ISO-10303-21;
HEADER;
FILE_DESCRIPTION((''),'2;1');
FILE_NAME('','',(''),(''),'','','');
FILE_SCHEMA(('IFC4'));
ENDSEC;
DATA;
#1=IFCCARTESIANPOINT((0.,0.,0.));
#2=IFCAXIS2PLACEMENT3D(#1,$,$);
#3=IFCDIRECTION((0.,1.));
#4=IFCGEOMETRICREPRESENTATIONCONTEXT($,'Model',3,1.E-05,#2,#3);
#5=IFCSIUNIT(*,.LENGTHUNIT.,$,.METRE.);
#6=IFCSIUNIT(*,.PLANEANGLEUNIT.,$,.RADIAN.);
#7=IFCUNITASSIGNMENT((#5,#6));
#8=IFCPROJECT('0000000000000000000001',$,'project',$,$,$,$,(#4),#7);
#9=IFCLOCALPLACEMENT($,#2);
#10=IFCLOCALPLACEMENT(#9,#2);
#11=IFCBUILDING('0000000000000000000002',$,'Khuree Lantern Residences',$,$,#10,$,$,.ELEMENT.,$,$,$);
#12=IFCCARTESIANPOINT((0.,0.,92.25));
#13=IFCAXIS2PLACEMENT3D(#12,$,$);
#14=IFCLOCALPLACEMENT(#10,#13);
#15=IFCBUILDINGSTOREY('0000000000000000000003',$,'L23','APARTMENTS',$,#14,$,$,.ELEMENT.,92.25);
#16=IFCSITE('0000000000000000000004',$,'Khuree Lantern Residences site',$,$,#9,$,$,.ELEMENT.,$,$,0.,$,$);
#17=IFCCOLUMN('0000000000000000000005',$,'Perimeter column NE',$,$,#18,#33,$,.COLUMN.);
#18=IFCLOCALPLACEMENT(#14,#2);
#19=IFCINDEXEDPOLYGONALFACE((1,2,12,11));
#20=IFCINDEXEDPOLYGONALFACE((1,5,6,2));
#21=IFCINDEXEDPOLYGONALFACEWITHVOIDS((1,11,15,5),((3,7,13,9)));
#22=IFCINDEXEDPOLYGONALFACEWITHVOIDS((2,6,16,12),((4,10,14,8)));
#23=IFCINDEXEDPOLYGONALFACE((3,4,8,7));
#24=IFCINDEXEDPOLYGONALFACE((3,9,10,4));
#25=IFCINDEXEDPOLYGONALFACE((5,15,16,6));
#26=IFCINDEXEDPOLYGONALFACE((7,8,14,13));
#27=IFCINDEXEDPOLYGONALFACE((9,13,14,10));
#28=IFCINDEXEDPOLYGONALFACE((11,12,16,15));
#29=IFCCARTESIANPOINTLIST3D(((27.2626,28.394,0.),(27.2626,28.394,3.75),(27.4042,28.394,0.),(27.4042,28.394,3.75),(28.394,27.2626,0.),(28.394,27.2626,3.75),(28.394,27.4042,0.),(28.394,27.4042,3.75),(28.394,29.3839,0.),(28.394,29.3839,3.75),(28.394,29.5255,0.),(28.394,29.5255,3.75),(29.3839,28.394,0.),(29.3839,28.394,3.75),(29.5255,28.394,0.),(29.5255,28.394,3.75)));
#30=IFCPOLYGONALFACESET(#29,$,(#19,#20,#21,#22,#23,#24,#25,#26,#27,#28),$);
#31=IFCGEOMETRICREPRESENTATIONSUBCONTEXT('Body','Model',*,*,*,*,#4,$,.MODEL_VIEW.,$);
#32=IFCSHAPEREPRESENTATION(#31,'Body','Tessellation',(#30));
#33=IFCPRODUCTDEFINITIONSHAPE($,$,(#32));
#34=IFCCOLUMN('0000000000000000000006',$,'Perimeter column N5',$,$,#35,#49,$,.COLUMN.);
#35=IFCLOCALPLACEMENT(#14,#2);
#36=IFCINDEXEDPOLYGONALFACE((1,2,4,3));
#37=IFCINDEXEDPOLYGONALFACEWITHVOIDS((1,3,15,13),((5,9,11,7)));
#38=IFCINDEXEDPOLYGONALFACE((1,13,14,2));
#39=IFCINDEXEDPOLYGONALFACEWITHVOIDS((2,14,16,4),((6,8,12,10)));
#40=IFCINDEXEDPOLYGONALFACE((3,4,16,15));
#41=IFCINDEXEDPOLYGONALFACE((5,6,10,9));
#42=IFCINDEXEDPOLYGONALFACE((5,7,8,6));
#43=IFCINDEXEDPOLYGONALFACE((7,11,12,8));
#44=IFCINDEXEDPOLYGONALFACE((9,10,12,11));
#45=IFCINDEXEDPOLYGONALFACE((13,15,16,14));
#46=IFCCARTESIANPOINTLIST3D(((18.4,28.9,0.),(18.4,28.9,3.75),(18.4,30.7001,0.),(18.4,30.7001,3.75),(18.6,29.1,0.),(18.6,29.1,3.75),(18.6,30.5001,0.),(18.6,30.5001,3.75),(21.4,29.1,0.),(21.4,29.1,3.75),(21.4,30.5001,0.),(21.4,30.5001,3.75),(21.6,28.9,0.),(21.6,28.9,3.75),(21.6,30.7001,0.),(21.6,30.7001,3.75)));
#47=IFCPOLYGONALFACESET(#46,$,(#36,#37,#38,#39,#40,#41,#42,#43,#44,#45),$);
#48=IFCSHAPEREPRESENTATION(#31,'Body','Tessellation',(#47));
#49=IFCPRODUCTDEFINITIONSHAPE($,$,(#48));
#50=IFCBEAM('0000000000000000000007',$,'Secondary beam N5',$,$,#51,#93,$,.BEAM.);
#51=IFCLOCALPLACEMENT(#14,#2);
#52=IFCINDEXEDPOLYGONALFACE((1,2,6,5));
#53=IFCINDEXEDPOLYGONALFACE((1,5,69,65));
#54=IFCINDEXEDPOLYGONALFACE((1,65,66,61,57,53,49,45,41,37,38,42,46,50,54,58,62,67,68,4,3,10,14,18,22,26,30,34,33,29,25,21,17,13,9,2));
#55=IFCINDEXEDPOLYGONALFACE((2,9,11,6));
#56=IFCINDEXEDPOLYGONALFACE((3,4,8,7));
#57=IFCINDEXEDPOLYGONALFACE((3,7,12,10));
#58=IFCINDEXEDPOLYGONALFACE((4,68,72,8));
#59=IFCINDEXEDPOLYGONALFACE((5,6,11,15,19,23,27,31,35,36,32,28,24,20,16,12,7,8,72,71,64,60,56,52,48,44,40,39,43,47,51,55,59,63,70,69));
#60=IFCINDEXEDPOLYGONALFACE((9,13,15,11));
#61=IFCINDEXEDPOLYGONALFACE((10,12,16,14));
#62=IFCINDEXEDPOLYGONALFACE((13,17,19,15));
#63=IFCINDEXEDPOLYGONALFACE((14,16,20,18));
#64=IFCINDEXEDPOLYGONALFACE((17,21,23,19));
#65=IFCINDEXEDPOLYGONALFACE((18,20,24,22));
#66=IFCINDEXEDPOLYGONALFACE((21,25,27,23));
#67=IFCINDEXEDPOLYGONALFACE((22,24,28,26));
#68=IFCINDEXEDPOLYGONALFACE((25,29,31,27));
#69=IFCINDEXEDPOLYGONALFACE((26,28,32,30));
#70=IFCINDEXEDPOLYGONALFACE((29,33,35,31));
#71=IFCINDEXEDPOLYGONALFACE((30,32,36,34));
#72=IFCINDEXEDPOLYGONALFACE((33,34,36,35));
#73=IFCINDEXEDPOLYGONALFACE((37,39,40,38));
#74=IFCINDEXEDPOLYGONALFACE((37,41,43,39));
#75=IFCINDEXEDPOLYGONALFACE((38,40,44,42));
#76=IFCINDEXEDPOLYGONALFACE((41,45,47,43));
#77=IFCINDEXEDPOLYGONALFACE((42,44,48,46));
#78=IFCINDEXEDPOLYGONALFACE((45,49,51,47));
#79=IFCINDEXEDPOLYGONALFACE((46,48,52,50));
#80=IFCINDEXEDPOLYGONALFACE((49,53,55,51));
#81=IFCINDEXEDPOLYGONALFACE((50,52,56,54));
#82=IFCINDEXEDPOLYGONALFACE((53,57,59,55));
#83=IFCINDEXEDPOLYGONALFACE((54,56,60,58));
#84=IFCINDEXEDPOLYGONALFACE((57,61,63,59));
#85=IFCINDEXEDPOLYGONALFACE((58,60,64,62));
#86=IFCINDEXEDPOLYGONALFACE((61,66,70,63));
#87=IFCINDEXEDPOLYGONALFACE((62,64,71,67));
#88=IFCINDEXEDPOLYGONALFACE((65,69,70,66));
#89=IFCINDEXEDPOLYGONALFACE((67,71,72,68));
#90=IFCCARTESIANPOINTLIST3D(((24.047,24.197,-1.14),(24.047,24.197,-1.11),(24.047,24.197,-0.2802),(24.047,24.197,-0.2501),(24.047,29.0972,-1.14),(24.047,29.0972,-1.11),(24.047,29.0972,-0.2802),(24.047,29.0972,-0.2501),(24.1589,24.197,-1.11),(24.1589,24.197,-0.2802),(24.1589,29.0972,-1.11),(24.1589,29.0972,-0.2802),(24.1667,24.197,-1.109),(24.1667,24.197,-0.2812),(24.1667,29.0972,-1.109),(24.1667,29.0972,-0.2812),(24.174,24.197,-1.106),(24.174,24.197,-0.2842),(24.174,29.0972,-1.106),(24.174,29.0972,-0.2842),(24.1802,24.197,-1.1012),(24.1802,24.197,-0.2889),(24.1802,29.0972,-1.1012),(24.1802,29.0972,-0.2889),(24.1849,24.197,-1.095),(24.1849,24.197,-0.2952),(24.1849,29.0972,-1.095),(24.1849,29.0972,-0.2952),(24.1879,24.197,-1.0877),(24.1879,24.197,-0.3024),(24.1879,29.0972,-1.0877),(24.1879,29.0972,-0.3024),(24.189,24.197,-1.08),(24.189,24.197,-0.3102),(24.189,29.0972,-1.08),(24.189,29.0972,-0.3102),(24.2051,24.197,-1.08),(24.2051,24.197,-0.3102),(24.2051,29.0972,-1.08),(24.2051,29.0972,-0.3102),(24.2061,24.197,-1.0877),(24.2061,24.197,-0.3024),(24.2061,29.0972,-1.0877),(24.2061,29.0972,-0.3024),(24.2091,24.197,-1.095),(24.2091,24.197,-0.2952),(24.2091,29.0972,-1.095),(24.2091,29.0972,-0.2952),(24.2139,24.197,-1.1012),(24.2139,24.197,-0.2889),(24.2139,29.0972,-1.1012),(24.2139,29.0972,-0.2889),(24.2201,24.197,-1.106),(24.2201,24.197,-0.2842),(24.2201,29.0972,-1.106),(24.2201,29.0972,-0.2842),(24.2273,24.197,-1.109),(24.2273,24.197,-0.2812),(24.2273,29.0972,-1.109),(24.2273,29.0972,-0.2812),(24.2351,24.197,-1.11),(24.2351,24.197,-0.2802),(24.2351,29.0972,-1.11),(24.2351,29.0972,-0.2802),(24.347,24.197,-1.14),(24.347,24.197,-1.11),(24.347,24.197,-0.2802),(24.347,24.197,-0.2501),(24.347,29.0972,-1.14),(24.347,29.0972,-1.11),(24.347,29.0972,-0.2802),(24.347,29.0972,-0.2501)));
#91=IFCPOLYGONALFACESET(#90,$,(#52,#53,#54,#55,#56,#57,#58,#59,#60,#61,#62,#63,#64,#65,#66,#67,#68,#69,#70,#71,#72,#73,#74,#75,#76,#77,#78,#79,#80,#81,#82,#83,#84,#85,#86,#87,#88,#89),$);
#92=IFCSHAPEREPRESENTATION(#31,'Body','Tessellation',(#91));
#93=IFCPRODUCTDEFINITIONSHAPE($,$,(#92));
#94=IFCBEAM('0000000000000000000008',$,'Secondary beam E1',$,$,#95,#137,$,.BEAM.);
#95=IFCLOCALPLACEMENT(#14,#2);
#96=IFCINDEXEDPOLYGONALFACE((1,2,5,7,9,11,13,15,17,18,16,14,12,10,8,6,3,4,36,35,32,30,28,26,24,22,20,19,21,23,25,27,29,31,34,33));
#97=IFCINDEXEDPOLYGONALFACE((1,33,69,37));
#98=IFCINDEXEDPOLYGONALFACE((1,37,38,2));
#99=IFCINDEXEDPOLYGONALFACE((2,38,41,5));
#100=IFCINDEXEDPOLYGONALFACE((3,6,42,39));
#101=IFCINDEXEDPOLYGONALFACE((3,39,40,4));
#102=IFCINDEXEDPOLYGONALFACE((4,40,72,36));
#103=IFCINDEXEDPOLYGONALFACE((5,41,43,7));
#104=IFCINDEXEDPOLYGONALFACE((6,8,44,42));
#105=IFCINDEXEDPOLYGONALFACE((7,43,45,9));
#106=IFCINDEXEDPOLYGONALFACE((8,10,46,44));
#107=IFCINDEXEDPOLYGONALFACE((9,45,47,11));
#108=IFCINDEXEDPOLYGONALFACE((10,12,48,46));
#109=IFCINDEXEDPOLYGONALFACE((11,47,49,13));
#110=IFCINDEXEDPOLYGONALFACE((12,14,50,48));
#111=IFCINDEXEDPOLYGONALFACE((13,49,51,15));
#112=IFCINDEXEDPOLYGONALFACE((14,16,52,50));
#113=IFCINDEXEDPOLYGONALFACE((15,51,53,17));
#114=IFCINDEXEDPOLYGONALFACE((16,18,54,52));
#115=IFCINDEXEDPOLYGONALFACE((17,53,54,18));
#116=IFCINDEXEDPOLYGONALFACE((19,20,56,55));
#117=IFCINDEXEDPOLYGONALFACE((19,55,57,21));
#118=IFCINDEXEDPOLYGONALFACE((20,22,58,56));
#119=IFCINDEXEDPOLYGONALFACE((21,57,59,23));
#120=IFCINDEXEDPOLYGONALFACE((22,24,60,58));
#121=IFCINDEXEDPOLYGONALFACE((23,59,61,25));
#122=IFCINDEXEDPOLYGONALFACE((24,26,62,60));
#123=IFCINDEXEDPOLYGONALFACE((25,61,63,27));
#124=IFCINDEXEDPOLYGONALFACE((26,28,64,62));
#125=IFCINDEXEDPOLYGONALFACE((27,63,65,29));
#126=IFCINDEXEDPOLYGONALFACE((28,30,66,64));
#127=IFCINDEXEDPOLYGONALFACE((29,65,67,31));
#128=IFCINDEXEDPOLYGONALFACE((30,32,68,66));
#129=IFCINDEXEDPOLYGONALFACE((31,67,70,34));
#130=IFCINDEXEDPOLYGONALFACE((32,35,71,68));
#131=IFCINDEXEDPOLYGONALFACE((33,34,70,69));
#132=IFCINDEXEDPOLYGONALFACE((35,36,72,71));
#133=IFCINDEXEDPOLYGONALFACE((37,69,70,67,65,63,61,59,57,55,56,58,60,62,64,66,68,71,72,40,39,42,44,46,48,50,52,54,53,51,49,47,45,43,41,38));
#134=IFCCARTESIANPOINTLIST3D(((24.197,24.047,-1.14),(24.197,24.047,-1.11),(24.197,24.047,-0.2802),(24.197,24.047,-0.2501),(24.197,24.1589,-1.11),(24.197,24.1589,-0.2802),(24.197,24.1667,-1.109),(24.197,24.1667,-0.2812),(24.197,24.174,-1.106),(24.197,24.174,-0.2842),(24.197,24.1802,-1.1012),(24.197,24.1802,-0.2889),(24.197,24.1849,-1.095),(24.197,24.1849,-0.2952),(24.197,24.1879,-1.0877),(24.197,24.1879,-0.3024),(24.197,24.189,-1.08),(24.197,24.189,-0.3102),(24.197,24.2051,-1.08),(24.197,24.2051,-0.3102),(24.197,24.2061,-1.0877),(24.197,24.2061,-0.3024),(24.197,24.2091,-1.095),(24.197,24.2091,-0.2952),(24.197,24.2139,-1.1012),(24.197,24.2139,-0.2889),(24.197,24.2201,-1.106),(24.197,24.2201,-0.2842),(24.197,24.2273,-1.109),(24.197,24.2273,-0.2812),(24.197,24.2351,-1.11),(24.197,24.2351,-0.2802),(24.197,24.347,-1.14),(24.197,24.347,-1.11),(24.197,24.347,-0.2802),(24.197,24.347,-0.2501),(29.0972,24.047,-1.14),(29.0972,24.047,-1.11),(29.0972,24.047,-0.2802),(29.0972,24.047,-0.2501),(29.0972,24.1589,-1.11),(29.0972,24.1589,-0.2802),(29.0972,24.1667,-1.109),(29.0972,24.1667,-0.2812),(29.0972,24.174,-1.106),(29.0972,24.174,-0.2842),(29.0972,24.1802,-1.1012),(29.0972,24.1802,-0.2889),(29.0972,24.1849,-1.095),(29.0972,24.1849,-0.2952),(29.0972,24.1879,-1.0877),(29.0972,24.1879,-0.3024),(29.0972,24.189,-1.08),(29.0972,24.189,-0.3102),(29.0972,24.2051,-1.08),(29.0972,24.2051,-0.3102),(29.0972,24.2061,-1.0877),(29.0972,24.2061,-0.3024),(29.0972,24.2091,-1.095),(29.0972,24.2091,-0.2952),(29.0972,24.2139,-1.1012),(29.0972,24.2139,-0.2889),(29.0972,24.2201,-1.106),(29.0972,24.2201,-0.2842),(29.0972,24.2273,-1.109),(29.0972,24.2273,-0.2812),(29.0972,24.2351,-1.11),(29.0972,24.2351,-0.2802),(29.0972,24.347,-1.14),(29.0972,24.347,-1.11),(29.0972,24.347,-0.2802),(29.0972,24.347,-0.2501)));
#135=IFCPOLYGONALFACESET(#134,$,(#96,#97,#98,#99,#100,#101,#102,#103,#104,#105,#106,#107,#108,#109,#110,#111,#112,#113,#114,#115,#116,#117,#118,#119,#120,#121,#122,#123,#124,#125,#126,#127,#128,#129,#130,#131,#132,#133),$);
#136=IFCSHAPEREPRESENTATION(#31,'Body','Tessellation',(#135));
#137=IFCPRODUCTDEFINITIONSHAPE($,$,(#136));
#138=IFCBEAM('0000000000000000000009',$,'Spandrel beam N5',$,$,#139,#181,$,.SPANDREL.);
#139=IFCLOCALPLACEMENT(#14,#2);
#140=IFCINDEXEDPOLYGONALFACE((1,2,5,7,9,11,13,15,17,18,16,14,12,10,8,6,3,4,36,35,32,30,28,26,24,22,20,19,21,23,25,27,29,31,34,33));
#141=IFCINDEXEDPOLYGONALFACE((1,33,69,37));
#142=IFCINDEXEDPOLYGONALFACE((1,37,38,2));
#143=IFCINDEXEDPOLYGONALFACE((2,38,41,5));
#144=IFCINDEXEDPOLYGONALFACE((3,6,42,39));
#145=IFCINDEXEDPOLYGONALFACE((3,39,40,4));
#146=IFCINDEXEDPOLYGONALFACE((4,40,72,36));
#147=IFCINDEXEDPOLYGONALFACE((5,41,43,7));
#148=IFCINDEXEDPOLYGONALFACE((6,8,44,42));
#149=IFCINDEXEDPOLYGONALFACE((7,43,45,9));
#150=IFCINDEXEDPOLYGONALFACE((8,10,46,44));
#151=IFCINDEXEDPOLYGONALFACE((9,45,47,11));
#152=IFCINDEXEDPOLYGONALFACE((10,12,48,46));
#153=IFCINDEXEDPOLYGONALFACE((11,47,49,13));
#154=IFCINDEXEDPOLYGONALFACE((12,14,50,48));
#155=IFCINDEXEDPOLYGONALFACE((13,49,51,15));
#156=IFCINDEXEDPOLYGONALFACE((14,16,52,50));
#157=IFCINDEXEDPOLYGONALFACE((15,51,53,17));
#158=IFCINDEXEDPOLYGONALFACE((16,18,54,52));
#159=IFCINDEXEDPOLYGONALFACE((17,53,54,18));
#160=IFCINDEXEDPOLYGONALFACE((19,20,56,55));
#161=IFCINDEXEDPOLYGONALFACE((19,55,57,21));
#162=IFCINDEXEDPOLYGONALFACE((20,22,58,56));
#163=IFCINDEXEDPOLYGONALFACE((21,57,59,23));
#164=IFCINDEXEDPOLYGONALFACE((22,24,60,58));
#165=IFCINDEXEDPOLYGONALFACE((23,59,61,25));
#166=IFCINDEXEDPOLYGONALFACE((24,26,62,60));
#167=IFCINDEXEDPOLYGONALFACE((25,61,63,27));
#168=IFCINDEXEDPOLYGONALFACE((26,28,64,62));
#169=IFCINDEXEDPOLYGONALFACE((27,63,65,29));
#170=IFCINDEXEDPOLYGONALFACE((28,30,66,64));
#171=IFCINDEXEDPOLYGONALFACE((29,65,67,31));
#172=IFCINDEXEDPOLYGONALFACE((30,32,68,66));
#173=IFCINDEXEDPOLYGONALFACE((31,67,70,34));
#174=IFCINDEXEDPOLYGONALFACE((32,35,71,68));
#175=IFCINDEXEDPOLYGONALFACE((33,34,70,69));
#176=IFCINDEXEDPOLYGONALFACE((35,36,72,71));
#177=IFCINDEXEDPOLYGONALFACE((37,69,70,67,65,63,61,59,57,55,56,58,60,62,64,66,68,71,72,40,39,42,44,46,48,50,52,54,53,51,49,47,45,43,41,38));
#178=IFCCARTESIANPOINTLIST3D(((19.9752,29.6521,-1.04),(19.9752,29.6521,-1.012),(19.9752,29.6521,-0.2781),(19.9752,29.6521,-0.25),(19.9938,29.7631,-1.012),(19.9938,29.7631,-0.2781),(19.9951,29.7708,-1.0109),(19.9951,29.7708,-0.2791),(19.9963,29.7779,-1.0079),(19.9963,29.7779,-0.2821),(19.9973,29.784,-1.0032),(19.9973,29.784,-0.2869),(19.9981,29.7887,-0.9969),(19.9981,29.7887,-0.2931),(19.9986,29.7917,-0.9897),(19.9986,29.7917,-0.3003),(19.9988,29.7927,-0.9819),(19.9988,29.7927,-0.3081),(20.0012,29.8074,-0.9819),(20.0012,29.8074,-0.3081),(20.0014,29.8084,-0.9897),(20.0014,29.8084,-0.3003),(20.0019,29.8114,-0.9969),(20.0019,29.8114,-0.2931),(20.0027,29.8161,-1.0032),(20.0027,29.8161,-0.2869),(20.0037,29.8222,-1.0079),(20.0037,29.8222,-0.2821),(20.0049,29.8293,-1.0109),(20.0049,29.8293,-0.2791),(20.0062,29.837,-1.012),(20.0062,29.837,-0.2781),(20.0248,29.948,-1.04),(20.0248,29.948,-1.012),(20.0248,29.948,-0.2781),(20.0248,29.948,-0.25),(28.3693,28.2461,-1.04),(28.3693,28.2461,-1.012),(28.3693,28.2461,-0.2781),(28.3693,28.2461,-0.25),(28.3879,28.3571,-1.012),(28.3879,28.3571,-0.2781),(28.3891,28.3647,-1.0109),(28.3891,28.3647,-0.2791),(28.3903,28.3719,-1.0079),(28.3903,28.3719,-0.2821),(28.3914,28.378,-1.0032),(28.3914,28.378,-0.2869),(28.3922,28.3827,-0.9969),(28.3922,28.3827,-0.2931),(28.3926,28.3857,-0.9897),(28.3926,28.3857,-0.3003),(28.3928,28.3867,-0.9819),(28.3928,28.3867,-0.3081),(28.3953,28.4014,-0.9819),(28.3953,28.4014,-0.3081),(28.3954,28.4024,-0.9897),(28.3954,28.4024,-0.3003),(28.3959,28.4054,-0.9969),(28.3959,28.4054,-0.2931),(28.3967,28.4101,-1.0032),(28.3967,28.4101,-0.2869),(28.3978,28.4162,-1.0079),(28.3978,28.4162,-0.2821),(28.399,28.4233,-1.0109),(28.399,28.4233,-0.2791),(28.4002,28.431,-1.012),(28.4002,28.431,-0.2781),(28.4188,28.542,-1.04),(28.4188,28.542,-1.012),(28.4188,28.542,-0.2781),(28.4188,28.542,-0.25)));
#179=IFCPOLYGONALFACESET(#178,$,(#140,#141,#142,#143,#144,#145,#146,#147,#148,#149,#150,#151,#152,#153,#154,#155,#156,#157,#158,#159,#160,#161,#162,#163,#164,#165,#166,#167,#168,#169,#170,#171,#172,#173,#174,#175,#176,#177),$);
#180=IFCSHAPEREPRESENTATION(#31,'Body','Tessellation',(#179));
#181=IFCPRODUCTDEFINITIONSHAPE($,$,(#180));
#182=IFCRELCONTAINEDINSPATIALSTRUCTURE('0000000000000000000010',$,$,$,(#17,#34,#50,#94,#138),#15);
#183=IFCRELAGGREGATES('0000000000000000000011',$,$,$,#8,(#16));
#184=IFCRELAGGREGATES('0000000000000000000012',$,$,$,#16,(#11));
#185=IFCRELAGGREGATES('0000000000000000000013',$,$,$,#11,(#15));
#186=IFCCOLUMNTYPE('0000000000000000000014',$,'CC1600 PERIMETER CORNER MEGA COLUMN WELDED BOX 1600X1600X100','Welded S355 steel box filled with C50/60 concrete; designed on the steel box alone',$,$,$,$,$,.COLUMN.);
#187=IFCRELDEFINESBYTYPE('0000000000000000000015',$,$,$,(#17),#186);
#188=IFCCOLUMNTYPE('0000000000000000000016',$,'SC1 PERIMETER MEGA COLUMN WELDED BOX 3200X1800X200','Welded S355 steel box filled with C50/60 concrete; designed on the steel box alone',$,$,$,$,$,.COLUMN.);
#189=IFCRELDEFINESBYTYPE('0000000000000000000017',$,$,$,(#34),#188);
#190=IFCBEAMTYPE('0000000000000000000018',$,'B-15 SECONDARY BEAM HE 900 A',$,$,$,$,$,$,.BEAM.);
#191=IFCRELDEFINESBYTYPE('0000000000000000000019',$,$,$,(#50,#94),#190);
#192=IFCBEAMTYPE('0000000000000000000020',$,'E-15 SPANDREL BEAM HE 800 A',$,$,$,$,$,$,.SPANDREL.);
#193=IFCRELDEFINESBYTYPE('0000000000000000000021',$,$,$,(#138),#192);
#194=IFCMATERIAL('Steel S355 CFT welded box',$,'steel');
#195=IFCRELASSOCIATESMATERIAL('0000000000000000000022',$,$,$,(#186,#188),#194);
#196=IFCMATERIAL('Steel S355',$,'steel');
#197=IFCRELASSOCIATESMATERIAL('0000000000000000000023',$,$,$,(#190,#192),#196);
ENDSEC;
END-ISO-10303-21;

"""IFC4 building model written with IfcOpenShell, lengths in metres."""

from ifc_helpers import new_model, si_unit, direction, frame, origin, origin_2d, place, context, subcontext, project, spatial, hollow_rectangle, i_section, extrude, material, material_profile, profile_set, type_object, element, save


model = new_model("IFC4")

# Units and contexts
model_context = context("Model", 3, precision=1e-05, world=origin(), true_north=direction((0.0, 1.0)))
body_context = subcontext(model_context, "Body", "Model", "MODEL_VIEW")
ifc_project = project(units=[si_unit("LENGTHUNIT", "METRE"), si_unit("PLANEANGLEUNIT", "RADIAN")], contexts=[model_context])

# Site, building, storey
site_placement = place(None, origin())
site = spatial("IfcSite", under=ifc_project, at=site_placement, Name="Khuree Lantern Residences site", CompositionType="ELEMENT", RefElevation=0.0)
building_placement = place(site_placement, origin())
building = spatial("IfcBuilding", under=site, at=building_placement, Name="Khuree Lantern Residences", CompositionType="ELEMENT")
storey_placement = place(building_placement, frame((0.0, 0.0, 92.25)))
storey = spatial("IfcBuildingStorey", under=building, at=storey_placement, Name="L23", Description="APARTMENTS", CompositionType="ELEMENT", Elevation=92.25)

# Columns
ifc_material_1 = material(Name="Steel S355 CFT welded box", Category="steel")
ifc_material_profile_1 = material_profile(ifc_material_1, hollow_rectangle(XDim=1.6001, YDim=1.6001, WallThickness=0.1001, at=origin_2d()), Name="WELDED BOX 1600X1600X100")
ifc_profile_set_1 = profile_set([ifc_material_profile_1], Name="Steel S355 CFT welded box")
column_type_1 = type_object("IfcColumnType", Name="CC1600 PERIMETER CORNER MEGA COLUMN WELDED BOX 1600X1600X100", Description="Welded S355 steel box filled with C50/60 concrete; designed on the steel box alone", PredefinedType="COLUMN", material=ifc_profile_set_1)
column_1_placement = place(storey_placement, frame((28.394, 28.394, 0.0), z_axis=(0.0, 0.0, 1.0), x_axis=(0.707107, -0.707107, 0.0)))
element("IfcColumn", 1, at=column_1_placement, inside=storey, type_object=column_type_1, Name="Perimeter column NE", PredefinedType="COLUMN", context=body_context, shape_type="SweptSolid", body=[
    extrude(hollow_rectangle(XDim=1.6001, YDim=1.6001, WallThickness=0.1001, at=origin_2d()), origin(), (0.0, 0.0, 1.0), 3.75),
])
ifc_material_profile_2 = material_profile(ifc_material_1, hollow_rectangle(XDim=3.2, YDim=1.8, WallThickness=0.2, at=origin_2d()), Name="WELDED BOX 3200X1800X200")
ifc_profile_set_2 = profile_set([ifc_material_profile_2], Name="Steel S355 CFT welded box")
column_type_2 = type_object("IfcColumnType", Name="SC1 PERIMETER MEGA COLUMN WELDED BOX 3200X1800X200", Description="Welded S355 steel box filled with C50/60 concrete; designed on the steel box alone", PredefinedType="COLUMN", material=ifc_profile_set_2)
column_2_placement = place(storey_placement, frame((20.0, 29.8, 0.0), z_axis=(0.0, 0.0, 1.0), x_axis=(1.0, 0.0, 0.0)))
element("IfcColumn", 2, at=column_2_placement, inside=storey, type_object=column_type_2, Name="Perimeter column N5", PredefinedType="COLUMN", context=body_context, shape_type="SweptSolid", body=[
    extrude(hollow_rectangle(XDim=3.2, YDim=1.8, WallThickness=0.2, at=origin_2d()), origin(), (0.0, 0.0, 1.0), 3.75),
])

# Beams
ifc_material_2 = material(Name="Steel S355", Category="steel")
ifc_material_profile_3 = material_profile(ifc_material_2, i_section(OverallWidth=0.3, OverallDepth=0.8899, WebThickness=0.0161, FlangeThickness=0.03, FilletRadius=0.03, at=origin_2d()), Name="HE 900 A")
ifc_profile_set_3 = profile_set([ifc_material_profile_3], Name="Steel S355")
beam_type_1 = type_object("IfcBeamType", Name="B-15 SECONDARY BEAM HE 900 A", PredefinedType="BEAM", material=ifc_profile_set_3)
for number, where, z_axis, x_axis, name in (
    (3, (24.197, 29.0972, -0.6951), (0.0, -1.0, 0.0), (1.0, 0.0, 0.0), "Secondary beam N5"),
    (4, (29.0972, 24.197, -0.6951), (-1.0, 0.0, 0.0), (0.0, -1.0, 0.0), "Secondary beam E1"),
):
    element("IfcBeam", number, at=place(storey_placement, frame(where, z_axis=z_axis, x_axis=x_axis)), inside=storey, type_object=beam_type_1, Name=name, PredefinedType="BEAM", context=body_context, shape_type="SweptSolid", body=[
        extrude(i_section(OverallWidth=0.3, OverallDepth=0.8899, WebThickness=0.0161, FlangeThickness=0.03, FilletRadius=0.03, at=origin_2d()), origin(), (0.0, 0.0, 1.0), 4.9001),
    ])
ifc_material_profile_4 = material_profile(ifc_material_2, i_section(OverallWidth=0.3, OverallDepth=0.79, WebThickness=0.0149, FlangeThickness=0.0281, FilletRadius=0.03, at=origin_2d()), Name="HE 800 A")
ifc_profile_set_4 = profile_set([ifc_material_profile_4], Name="Steel S355")
beam_type_2 = type_object("IfcBeamType", Name="E-15 SPANDREL BEAM HE 800 A", PredefinedType="SPANDREL", material=ifc_profile_set_4)
for number, where, z_axis, x_axis, name in (
    (5, (20.0, 29.8, -0.645), (0.98626, -0.165199, 0.0), (0.165199, 0.98626, 0.0), "Spandrel beam N5"),
):
    element("IfcBeam", number, at=place(storey_placement, frame(where, z_axis=z_axis, x_axis=x_axis)), inside=storey, type_object=beam_type_2, Name=name, PredefinedType="SPANDREL", context=body_context, shape_type="SweptSolid", body=[
        extrude(i_section(OverallWidth=0.3, OverallDepth=0.79, WebThickness=0.0149, FlangeThickness=0.0281, FilletRadius=0.03, at=origin_2d()), origin(), (0.0, 0.0, 1.0), 8.511),
    ])

save(model, "model.ifc")
